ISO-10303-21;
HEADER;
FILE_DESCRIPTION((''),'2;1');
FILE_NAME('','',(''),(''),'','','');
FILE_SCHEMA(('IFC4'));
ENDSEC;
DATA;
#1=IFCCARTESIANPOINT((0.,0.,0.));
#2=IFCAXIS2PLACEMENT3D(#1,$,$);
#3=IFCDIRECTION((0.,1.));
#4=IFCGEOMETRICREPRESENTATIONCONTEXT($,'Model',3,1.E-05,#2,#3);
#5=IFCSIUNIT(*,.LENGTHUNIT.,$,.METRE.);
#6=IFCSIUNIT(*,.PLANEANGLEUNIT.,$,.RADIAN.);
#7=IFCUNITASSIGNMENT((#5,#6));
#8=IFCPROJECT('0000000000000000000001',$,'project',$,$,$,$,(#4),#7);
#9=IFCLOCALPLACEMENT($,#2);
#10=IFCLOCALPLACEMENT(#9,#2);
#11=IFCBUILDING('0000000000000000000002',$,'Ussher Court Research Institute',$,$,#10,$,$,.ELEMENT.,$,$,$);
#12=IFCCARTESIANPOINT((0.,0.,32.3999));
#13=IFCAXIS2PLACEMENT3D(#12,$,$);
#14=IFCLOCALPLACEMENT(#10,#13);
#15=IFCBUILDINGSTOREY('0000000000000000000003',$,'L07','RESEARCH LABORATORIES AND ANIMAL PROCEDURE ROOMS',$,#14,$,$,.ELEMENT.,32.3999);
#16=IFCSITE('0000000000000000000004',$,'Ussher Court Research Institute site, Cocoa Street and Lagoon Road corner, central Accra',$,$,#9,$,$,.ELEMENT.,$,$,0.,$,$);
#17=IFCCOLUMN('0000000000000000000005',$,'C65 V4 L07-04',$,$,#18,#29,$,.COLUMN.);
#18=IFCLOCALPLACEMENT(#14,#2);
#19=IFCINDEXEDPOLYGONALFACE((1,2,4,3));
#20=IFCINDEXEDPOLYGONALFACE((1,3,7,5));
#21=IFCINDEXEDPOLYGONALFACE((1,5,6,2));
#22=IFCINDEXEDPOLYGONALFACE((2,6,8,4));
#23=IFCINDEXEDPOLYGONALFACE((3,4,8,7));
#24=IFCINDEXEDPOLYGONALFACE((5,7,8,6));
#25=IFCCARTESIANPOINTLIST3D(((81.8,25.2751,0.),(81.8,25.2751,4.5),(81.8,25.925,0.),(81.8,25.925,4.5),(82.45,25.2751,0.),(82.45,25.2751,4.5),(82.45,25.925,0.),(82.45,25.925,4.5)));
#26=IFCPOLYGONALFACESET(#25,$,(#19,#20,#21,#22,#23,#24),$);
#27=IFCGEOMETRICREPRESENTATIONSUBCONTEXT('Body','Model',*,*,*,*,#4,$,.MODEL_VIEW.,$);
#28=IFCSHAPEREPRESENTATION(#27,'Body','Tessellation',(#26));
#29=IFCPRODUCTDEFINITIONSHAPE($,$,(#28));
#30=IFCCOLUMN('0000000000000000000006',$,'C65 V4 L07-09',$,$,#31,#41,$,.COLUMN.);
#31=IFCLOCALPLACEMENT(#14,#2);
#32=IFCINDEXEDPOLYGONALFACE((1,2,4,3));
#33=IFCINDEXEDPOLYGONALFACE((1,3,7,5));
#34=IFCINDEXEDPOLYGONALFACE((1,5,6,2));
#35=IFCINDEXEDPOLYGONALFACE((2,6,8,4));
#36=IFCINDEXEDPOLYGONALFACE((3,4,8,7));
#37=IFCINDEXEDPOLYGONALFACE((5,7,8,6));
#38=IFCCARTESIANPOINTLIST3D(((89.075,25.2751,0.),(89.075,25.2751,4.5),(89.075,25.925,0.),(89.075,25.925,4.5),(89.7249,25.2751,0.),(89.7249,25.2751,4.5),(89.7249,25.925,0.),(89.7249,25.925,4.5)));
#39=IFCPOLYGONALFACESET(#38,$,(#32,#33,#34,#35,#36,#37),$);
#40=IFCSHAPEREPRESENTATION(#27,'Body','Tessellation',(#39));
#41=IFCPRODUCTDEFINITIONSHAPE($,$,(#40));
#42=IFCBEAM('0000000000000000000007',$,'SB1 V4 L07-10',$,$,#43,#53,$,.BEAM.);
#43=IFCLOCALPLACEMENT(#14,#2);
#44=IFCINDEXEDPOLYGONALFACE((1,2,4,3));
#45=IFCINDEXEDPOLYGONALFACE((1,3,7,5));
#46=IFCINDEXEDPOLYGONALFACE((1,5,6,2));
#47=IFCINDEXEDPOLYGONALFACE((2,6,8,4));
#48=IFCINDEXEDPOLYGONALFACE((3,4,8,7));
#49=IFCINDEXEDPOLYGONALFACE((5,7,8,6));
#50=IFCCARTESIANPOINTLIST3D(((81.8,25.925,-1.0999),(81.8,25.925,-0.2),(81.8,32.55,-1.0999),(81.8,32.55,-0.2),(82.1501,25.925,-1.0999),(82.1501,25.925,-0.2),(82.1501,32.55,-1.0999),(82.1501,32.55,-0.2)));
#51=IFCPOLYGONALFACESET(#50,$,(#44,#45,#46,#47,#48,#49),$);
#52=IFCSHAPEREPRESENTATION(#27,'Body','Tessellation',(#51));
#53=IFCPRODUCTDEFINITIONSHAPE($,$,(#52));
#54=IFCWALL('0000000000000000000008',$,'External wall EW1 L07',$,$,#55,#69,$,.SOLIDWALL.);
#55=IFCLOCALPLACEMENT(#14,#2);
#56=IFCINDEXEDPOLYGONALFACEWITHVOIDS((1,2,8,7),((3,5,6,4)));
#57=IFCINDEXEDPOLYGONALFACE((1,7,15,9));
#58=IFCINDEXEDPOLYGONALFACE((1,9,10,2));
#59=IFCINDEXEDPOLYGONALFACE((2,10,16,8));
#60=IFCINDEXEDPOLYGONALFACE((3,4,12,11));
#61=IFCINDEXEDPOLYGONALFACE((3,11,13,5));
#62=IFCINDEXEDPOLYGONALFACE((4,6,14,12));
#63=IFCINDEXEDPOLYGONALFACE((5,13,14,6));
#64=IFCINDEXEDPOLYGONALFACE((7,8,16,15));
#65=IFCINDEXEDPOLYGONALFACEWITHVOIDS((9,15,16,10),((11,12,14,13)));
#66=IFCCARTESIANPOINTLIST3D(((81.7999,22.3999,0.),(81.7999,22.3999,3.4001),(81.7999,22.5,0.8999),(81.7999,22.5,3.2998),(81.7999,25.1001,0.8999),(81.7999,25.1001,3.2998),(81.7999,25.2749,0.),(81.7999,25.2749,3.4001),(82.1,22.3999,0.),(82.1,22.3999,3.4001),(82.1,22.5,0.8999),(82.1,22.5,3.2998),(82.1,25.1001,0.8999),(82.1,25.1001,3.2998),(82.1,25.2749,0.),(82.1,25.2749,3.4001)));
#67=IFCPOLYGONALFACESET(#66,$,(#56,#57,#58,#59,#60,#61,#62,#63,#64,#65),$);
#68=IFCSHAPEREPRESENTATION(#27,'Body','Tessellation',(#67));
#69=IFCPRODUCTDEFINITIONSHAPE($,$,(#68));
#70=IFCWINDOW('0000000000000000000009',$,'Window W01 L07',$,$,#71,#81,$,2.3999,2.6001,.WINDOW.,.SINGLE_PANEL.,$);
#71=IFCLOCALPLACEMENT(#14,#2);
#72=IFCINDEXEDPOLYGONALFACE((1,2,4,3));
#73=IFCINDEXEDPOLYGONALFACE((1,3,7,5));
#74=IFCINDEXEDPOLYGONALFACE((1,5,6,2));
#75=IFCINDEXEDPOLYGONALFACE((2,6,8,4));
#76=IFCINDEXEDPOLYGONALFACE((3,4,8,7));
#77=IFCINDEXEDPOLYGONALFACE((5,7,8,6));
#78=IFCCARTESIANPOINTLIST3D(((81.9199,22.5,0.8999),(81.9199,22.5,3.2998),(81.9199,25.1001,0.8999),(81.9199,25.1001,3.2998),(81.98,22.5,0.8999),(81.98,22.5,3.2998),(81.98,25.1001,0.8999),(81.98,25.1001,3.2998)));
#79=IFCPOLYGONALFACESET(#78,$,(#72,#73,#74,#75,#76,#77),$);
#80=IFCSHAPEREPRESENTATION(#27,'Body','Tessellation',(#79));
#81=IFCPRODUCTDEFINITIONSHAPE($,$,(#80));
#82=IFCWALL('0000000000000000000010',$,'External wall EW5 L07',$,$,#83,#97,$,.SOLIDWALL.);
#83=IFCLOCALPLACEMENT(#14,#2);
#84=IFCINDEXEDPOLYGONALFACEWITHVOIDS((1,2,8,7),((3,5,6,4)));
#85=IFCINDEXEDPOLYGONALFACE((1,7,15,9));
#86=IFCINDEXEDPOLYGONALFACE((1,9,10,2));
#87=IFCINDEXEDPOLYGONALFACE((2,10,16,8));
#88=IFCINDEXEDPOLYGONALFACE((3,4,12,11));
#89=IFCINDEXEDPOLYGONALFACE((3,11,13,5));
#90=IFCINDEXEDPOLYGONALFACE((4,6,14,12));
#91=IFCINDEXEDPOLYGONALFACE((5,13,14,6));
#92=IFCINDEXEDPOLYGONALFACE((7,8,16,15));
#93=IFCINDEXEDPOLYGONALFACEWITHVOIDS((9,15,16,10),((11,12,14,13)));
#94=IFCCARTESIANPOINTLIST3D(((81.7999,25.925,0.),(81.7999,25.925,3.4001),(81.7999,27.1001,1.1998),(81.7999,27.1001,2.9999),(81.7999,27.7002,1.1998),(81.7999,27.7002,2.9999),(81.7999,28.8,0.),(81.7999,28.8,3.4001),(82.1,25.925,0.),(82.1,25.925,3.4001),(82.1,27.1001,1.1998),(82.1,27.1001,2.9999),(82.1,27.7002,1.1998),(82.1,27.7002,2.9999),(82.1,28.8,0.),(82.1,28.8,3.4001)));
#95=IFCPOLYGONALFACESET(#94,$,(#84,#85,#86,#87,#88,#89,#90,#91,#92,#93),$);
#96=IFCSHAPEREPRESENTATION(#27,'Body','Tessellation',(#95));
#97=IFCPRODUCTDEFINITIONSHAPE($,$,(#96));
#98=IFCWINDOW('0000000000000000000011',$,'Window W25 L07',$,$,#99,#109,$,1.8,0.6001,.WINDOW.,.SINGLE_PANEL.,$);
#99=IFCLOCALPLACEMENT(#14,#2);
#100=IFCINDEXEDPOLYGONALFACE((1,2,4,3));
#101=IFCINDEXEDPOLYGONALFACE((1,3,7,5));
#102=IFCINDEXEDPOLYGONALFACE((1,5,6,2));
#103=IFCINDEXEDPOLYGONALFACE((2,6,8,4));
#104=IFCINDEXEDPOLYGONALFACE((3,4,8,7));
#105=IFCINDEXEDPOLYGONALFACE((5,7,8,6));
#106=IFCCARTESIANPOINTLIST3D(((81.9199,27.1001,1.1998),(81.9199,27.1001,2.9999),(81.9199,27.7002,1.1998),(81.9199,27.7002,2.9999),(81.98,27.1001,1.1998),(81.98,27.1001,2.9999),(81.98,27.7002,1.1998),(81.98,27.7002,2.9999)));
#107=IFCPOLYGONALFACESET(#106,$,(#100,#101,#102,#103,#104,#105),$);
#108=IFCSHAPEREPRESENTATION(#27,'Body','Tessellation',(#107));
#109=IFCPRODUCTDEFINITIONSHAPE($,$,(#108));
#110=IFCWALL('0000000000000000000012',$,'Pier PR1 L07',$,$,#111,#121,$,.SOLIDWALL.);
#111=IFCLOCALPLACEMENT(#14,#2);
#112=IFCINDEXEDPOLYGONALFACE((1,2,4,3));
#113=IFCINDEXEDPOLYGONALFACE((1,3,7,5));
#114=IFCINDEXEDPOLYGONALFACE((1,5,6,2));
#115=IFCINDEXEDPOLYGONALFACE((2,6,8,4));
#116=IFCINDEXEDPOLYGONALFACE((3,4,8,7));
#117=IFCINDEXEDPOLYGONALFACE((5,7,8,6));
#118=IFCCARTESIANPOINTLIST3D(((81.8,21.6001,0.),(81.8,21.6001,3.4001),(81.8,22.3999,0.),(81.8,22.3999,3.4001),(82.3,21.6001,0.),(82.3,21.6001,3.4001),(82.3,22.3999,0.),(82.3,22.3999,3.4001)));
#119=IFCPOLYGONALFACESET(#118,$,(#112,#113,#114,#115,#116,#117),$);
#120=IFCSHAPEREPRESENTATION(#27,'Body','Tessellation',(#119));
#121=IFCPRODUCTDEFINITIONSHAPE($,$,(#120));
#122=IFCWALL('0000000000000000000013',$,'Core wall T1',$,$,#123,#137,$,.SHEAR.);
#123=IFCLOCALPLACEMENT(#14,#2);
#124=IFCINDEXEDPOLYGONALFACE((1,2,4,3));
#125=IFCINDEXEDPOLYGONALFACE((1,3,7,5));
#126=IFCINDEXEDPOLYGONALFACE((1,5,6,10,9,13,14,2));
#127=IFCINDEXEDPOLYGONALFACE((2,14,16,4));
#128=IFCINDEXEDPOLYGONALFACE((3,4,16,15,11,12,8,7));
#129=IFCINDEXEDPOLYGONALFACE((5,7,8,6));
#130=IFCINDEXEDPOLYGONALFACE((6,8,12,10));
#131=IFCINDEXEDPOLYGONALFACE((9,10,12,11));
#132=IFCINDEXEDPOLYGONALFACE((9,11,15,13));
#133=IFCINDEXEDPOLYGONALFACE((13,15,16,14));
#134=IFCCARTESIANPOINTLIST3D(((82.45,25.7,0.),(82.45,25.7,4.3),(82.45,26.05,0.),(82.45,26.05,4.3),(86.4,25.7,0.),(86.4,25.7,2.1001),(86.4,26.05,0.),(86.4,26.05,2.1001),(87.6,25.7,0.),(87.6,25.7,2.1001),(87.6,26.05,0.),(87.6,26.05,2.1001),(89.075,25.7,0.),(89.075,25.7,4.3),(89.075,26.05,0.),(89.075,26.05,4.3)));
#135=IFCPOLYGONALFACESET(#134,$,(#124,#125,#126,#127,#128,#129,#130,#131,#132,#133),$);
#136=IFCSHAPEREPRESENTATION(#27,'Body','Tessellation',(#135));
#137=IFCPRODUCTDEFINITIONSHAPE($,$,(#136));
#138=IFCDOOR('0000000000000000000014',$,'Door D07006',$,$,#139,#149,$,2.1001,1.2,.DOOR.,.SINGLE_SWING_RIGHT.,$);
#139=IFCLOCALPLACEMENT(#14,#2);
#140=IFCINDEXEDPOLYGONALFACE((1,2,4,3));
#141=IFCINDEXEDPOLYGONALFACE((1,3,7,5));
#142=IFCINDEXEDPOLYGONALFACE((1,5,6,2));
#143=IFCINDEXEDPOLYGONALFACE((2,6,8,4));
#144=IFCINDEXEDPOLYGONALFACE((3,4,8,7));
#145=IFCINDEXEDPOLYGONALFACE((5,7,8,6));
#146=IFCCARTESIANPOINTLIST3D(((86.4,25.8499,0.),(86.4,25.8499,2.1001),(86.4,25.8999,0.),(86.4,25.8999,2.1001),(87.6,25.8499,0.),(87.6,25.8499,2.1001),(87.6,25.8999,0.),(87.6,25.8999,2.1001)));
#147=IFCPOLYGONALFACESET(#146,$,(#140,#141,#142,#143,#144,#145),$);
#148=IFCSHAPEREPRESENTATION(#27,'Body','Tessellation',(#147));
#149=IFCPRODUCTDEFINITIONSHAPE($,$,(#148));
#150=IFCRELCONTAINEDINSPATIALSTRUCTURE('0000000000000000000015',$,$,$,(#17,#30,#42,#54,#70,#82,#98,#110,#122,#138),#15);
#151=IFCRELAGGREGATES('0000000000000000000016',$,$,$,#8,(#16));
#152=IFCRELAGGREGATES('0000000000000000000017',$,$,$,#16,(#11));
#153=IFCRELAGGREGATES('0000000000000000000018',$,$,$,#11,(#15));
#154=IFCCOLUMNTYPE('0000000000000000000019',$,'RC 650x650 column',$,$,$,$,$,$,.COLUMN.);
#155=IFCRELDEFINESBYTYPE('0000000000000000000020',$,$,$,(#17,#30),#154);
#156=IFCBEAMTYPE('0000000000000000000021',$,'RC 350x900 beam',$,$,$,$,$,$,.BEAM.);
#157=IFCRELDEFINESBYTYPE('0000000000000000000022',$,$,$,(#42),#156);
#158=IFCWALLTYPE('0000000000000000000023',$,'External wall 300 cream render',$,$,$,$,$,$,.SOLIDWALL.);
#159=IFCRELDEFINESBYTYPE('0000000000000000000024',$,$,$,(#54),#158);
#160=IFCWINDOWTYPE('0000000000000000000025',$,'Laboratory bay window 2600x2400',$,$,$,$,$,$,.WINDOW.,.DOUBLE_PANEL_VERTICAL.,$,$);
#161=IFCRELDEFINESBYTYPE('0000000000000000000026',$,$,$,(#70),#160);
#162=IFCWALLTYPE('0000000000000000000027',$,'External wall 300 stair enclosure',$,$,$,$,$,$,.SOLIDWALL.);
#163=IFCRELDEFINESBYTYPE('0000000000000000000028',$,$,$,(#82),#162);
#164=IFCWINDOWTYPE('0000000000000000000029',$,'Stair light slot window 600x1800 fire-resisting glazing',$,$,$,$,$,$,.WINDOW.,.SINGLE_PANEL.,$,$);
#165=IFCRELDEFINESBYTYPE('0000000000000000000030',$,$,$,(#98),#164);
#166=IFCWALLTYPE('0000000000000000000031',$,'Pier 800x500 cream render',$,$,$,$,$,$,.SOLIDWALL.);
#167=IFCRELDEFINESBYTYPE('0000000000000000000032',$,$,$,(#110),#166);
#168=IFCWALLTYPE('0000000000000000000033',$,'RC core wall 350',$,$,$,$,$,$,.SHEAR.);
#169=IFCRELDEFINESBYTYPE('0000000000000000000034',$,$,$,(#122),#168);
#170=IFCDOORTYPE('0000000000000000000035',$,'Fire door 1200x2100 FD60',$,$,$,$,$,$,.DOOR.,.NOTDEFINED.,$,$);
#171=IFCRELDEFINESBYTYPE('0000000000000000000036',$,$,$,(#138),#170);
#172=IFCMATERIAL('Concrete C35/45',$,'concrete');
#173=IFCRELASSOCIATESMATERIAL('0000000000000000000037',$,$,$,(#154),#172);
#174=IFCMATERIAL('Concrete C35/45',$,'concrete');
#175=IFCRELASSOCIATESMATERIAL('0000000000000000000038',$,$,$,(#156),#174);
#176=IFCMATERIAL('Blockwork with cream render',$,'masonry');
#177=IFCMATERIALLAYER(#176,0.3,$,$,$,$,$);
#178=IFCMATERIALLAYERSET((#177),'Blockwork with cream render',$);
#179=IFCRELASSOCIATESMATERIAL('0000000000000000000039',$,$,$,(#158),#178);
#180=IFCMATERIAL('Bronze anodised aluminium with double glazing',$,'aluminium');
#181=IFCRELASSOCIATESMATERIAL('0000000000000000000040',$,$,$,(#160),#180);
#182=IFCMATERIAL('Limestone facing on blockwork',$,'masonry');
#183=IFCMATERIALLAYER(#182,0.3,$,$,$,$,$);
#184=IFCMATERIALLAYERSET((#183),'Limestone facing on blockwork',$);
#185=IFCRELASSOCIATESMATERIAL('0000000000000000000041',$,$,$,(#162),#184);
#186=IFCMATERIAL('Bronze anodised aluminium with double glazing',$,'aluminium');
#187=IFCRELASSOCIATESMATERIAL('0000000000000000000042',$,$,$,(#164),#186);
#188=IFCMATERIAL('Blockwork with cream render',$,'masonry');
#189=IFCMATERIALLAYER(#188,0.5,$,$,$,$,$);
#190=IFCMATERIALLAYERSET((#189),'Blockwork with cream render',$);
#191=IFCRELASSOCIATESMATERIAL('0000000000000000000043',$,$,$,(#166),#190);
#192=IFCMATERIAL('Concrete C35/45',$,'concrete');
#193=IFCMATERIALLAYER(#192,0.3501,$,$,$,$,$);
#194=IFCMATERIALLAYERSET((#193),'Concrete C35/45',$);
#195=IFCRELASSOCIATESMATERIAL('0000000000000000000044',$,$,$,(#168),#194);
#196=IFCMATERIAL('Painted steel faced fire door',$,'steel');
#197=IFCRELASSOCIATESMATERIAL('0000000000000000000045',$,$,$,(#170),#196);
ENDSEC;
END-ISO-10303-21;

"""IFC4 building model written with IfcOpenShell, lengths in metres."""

from ifc_helpers import new_model, si_unit, direction, frame, frame_2d, origin, origin_2d, place, context, subcontext, project, spatial, rectangle, extrude, material, layer, layer_set, material_profile, profile_set, type_object, element, fill, save


model = new_model("IFC4")

# Units and contexts
model_context = context("Model", 3, precision=1e-05, world=origin(), true_north=direction((0.0, 1.0)))
body_context = subcontext(model_context, "Body", "Model", "MODEL_VIEW")
ifc_project = project(units=[si_unit("LENGTHUNIT", "METRE"), si_unit("PLANEANGLEUNIT", "RADIAN")], contexts=[model_context])

# Site, building, storey
site_placement = place(None, origin())
site = spatial("IfcSite", under=ifc_project, at=site_placement, Name="Ussher Court Research Institute site, Cocoa Street and Lagoon Road corner, central Accra", CompositionType="ELEMENT", RefElevation=0.0)
building_placement = place(site_placement, origin())
building = spatial("IfcBuilding", under=site, at=building_placement, Name="Ussher Court Research Institute", CompositionType="ELEMENT")
storey_placement = place(building_placement, frame((0.0, 0.0, 32.3999)))
storey = spatial("IfcBuildingStorey", under=building, at=storey_placement, Name="L07", Description="RESEARCH LABORATORIES AND ANIMAL PROCEDURE ROOMS", CompositionType="ELEMENT", Elevation=32.3999)

# Columns
ifc_material_1 = material(Name="Concrete C35/45", Category="concrete")
ifc_material_profile_1 = material_profile(ifc_material_1, rectangle(XDim=0.6499, YDim=0.6499, at=origin_2d()), Name="RC 650x650")
ifc_profile_set_1 = profile_set([ifc_material_profile_1], Name="Concrete C35/45")
column_type = type_object("IfcColumnType", Name="RC 650x650 column", PredefinedType="COLUMN", material=ifc_profile_set_1)
for number, where, z_axis, x_axis, name in (
    (1, (82.125, 25.6001, 0.0), (0.0, 0.0, 1.0), (1.0, 0.0, 0.0), "C65 V4 L07-04"),
    (2, (89.3999, 25.6001, 0.0), (0.0, 0.0, 1.0), (1.0, 0.0, 0.0), "C65 V4 L07-09"),
):
    element("IfcColumn", number, at=place(storey_placement, frame(where, z_axis=z_axis, x_axis=x_axis)), inside=storey, type_object=column_type, Name=name, PredefinedType="COLUMN", context=body_context, shape_type="SweptSolid", body=[
        extrude(rectangle(XDim=0.6499, YDim=0.6499, at=origin_2d()), origin(), (0.0, 0.0, 1.0), 4.5),
    ])

# Beam
ifc_material_2 = material(Name="Concrete C35/45", Category="concrete")
ifc_material_profile_2 = material_profile(ifc_material_2, rectangle(XDim=0.3501, YDim=0.8999, at=origin_2d()), Name="RC 350x900")
ifc_profile_set_2 = profile_set([ifc_material_profile_2], Name="Concrete C35/45")
beam_type = type_object("IfcBeamType", Name="RC 350x900 beam", PredefinedType="BEAM", material=ifc_profile_set_2)
beam_placement = place(storey_placement, frame((81.9751, 25.925, -0.6499), z_axis=(0.0, 1.0, 0.0), x_axis=(-1.0, 0.0, 0.0)))
element("IfcBeam", 3, at=beam_placement, inside=storey, type_object=beam_type, Name="SB1 V4 L07-10", PredefinedType="BEAM", context=body_context, shape_type="SweptSolid", body=[
    extrude(rectangle(XDim=0.3501, YDim=0.8999, at=origin_2d()), origin(), (0.0, 0.0, 1.0), 6.625),
])

# Walls, openings, windows
ifc_material_3 = material(Name="Blockwork with cream render", Category="masonry")
ifc_layer_1 = layer(ifc_material_3, 0.3)
ifc_layer_set_1 = layer_set([ifc_layer_1], Name="Blockwork with cream render")
wall_type_1 = type_object("IfcWallType", Name="External wall 300 cream render", PredefinedType="SOLIDWALL", material=ifc_layer_set_1)
wall_1_placement = place(storey_placement, frame((81.95, 22.3999, 0.0), z_axis=(0.0, 0.0, 1.0), x_axis=(0.0, 1.0, 0.0)))
wall_1 = element("IfcWall", 4, at=wall_1_placement, inside=storey, type_object=wall_type_1, Name="External wall EW1 L07", PredefinedType="SOLIDWALL", context=body_context, shape_type="SweptSolid", body=[
    extrude(rectangle(XDim=2.875, YDim=0.3, at=frame_2d((1.4375, 0.0))), origin(), (0.0, 0.0, 1.0), 3.4001),
])
opening_1_placement = place(wall_1_placement, frame((0.1001, 0.0, 0.8999)))
opening_1 = element("IfcOpeningElement", 5, at=opening_1_placement, cuts=wall_1, PredefinedType="OPENING", context=body_context, shape_type="SweptSolid", body=[
    extrude(rectangle(XDim=2.6001, YDim=2.3999, at=frame_2d((1.3, 1.2))), frame((0.0, 0.1602, 0.0), z_axis=(0.0, -1.0, 0.0), x_axis=(1.0, 0.0, 0.0)), (0.0, 0.0, 1.0), 0.3201),
])
ifc_material_4 = material(Name="Bronze anodised aluminium with double glazing", Category="aluminium")
window_type_1 = type_object("IfcWindowType", Name="Laboratory bay window 2600x2400", PartitioningType="DOUBLE_PANEL_VERTICAL", PredefinedType="WINDOW", material=ifc_material_4)
window_1_placement = place(opening_1_placement, origin())
window_1 = element("IfcWindow", 6, at=window_1_placement, inside=storey, type_object=window_type_1, Name="Window W01 L07", OverallHeight=2.3999, OverallWidth=2.6001, PartitioningType="SINGLE_PANEL", PredefinedType="WINDOW", context=body_context, shape_type="SweptSolid", body=[
    extrude(rectangle(XDim=2.6001, YDim=2.3999, at=frame_2d((1.3, 1.2))), frame((0.0, 0.03, 0.0), z_axis=(0.0, -1.0, 0.0), x_axis=(1.0, 0.0, 0.0)), (0.0, 0.0, 1.0), 0.0601),
])
fill(opening_1, window_1)
ifc_material_5 = material(Name="Limestone facing on blockwork", Category="masonry")
ifc_layer_2 = layer(ifc_material_5, 0.3)
ifc_layer_set_2 = layer_set([ifc_layer_2], Name="Limestone facing on blockwork")
wall_type_2 = type_object("IfcWallType", Name="External wall 300 stair enclosure", PredefinedType="SOLIDWALL", material=ifc_layer_set_2)
wall_2_placement = place(storey_placement, frame((81.95, 25.925, 0.0), z_axis=(0.0, 0.0, 1.0), x_axis=(0.0, 1.0, 0.0)))
wall_2 = element("IfcWall", 7, at=wall_2_placement, inside=storey, type_object=wall_type_2, Name="External wall EW5 L07", PredefinedType="SOLIDWALL", context=body_context, shape_type="SweptSolid", body=[
    extrude(rectangle(XDim=2.875, YDim=0.3, at=frame_2d((1.4375, 0.0))), origin(), (0.0, 0.0, 1.0), 3.4001),
])
opening_2_placement = place(wall_2_placement, frame((1.175, 0.0, 1.2)))
opening_2 = element("IfcOpeningElement", 8, at=opening_2_placement, cuts=wall_2, PredefinedType="OPENING", context=body_context, shape_type="SweptSolid", body=[
    extrude(rectangle(XDim=0.6001, YDim=1.8, at=frame_2d((0.3, 0.8999))), frame((0.0, 0.1602, 0.0), z_axis=(0.0, -1.0, 0.0), x_axis=(1.0, 0.0, 0.0)), (0.0, 0.0, 1.0), 0.3201),
])
ifc_material_6 = material(Name="Bronze anodised aluminium with double glazing", Category="aluminium")
window_type_2 = type_object("IfcWindowType", Name="Stair light slot window 600x1800 fire-resisting glazing", PartitioningType="SINGLE_PANEL", PredefinedType="WINDOW", material=ifc_material_6)
window_2_placement = place(opening_2_placement, origin())
window_2 = element("IfcWindow", 9, at=window_2_placement, inside=storey, type_object=window_type_2, Name="Window W25 L07", OverallHeight=1.8, OverallWidth=0.6001, PartitioningType="SINGLE_PANEL", PredefinedType="WINDOW", context=body_context, shape_type="SweptSolid", body=[
    extrude(rectangle(XDim=0.6001, YDim=1.8, at=frame_2d((0.3, 0.8999))), frame((0.0, 0.03, 0.0), z_axis=(0.0, -1.0, 0.0), x_axis=(1.0, 0.0, 0.0)), (0.0, 0.0, 1.0), 0.0601),
])
fill(opening_2, window_2)

# Wall
ifc_material_7 = material(Name="Blockwork with cream render", Category="masonry")
ifc_layer_3 = layer(ifc_material_7, 0.5)
ifc_layer_set_3 = layer_set([ifc_layer_3], Name="Blockwork with cream render")
wall_type_3 = type_object("IfcWallType", Name="Pier 800x500 cream render", PredefinedType="SOLIDWALL", material=ifc_layer_set_3)
wall_3_placement = place(storey_placement, frame((82.05, 21.6001, 0.0), z_axis=(0.0, 0.0, 1.0), x_axis=(0.0, 1.0, 0.0)))
element("IfcWall", 10, at=wall_3_placement, inside=storey, type_object=wall_type_3, Name="Pier PR1 L07", PredefinedType="SOLIDWALL", context=body_context, shape_type="SweptSolid", body=[
    extrude(rectangle(XDim=0.7998, YDim=0.5, at=frame_2d((0.3999, 0.0))), origin(), (0.0, 0.0, 1.0), 3.4001),
])

# Wall, opening, door
ifc_material_8 = material(Name="Concrete C35/45", Category="concrete")
ifc_layer_4 = layer(ifc_material_8, 0.3501)
ifc_layer_set_4 = layer_set([ifc_layer_4], Name="Concrete C35/45")
wall_type_4 = type_object("IfcWallType", Name="RC core wall 350", PredefinedType="SHEAR", material=ifc_layer_set_4)
wall_4_placement = place(storey_placement, frame((82.45, 25.875, 0.0), z_axis=(0.0, 0.0, 1.0), x_axis=(1.0, 0.0, 0.0)))
wall_4 = element("IfcWall", 11, at=wall_4_placement, inside=storey, type_object=wall_type_4, Name="Core wall T1", PredefinedType="SHEAR", context=body_context, shape_type="SweptSolid", body=[
    extrude(rectangle(XDim=6.625, YDim=0.3501, at=frame_2d((3.3125, 0.0))), origin(), (0.0, 0.0, 1.0), 4.3),
])
opening_3_placement = place(wall_4_placement, frame((3.95, 0.0, 0.0)))
opening_3 = element("IfcOpeningElement", 12, at=opening_3_placement, cuts=wall_4, PredefinedType="OPENING", context=body_context, shape_type="SweptSolid", body=[
    extrude(rectangle(XDim=1.2, YDim=2.1001, at=frame_2d((0.6001, 1.05))), frame((0.0, 0.1851, 0.0), z_axis=(0.0, -1.0, 0.0), x_axis=(1.0, 0.0, 0.0)), (0.0, 0.0, 1.0), 0.3701),
])
ifc_material_9 = material(Name="Painted steel faced fire door", Category="steel")
door_type_1 = type_object("IfcDoorType", Name="Fire door 1200x2100 FD60", OperationType="NOTDEFINED", PredefinedType="DOOR", material=ifc_material_9)
door_1_placement = place(opening_3_placement, origin())
door_1 = element("IfcDoor", 13, at=door_1_placement, inside=storey, type_object=door_type_1, Name="Door D07006", OperationType="SINGLE_SWING_RIGHT", OverallHeight=2.1001, OverallWidth=1.2, PredefinedType="DOOR", context=body_context, shape_type="SweptSolid", body=[
    extrude(rectangle(XDim=1.2, YDim=2.1001, at=frame_2d((0.6001, 1.05))), frame((0.0, 0.0249, 0.0), z_axis=(0.0, -1.0, 0.0), x_axis=(1.0, 0.0, 0.0)), (0.0, 0.0, 1.0), 0.05),
])
fill(opening_3, door_1)

save(model, "model.ifc")
